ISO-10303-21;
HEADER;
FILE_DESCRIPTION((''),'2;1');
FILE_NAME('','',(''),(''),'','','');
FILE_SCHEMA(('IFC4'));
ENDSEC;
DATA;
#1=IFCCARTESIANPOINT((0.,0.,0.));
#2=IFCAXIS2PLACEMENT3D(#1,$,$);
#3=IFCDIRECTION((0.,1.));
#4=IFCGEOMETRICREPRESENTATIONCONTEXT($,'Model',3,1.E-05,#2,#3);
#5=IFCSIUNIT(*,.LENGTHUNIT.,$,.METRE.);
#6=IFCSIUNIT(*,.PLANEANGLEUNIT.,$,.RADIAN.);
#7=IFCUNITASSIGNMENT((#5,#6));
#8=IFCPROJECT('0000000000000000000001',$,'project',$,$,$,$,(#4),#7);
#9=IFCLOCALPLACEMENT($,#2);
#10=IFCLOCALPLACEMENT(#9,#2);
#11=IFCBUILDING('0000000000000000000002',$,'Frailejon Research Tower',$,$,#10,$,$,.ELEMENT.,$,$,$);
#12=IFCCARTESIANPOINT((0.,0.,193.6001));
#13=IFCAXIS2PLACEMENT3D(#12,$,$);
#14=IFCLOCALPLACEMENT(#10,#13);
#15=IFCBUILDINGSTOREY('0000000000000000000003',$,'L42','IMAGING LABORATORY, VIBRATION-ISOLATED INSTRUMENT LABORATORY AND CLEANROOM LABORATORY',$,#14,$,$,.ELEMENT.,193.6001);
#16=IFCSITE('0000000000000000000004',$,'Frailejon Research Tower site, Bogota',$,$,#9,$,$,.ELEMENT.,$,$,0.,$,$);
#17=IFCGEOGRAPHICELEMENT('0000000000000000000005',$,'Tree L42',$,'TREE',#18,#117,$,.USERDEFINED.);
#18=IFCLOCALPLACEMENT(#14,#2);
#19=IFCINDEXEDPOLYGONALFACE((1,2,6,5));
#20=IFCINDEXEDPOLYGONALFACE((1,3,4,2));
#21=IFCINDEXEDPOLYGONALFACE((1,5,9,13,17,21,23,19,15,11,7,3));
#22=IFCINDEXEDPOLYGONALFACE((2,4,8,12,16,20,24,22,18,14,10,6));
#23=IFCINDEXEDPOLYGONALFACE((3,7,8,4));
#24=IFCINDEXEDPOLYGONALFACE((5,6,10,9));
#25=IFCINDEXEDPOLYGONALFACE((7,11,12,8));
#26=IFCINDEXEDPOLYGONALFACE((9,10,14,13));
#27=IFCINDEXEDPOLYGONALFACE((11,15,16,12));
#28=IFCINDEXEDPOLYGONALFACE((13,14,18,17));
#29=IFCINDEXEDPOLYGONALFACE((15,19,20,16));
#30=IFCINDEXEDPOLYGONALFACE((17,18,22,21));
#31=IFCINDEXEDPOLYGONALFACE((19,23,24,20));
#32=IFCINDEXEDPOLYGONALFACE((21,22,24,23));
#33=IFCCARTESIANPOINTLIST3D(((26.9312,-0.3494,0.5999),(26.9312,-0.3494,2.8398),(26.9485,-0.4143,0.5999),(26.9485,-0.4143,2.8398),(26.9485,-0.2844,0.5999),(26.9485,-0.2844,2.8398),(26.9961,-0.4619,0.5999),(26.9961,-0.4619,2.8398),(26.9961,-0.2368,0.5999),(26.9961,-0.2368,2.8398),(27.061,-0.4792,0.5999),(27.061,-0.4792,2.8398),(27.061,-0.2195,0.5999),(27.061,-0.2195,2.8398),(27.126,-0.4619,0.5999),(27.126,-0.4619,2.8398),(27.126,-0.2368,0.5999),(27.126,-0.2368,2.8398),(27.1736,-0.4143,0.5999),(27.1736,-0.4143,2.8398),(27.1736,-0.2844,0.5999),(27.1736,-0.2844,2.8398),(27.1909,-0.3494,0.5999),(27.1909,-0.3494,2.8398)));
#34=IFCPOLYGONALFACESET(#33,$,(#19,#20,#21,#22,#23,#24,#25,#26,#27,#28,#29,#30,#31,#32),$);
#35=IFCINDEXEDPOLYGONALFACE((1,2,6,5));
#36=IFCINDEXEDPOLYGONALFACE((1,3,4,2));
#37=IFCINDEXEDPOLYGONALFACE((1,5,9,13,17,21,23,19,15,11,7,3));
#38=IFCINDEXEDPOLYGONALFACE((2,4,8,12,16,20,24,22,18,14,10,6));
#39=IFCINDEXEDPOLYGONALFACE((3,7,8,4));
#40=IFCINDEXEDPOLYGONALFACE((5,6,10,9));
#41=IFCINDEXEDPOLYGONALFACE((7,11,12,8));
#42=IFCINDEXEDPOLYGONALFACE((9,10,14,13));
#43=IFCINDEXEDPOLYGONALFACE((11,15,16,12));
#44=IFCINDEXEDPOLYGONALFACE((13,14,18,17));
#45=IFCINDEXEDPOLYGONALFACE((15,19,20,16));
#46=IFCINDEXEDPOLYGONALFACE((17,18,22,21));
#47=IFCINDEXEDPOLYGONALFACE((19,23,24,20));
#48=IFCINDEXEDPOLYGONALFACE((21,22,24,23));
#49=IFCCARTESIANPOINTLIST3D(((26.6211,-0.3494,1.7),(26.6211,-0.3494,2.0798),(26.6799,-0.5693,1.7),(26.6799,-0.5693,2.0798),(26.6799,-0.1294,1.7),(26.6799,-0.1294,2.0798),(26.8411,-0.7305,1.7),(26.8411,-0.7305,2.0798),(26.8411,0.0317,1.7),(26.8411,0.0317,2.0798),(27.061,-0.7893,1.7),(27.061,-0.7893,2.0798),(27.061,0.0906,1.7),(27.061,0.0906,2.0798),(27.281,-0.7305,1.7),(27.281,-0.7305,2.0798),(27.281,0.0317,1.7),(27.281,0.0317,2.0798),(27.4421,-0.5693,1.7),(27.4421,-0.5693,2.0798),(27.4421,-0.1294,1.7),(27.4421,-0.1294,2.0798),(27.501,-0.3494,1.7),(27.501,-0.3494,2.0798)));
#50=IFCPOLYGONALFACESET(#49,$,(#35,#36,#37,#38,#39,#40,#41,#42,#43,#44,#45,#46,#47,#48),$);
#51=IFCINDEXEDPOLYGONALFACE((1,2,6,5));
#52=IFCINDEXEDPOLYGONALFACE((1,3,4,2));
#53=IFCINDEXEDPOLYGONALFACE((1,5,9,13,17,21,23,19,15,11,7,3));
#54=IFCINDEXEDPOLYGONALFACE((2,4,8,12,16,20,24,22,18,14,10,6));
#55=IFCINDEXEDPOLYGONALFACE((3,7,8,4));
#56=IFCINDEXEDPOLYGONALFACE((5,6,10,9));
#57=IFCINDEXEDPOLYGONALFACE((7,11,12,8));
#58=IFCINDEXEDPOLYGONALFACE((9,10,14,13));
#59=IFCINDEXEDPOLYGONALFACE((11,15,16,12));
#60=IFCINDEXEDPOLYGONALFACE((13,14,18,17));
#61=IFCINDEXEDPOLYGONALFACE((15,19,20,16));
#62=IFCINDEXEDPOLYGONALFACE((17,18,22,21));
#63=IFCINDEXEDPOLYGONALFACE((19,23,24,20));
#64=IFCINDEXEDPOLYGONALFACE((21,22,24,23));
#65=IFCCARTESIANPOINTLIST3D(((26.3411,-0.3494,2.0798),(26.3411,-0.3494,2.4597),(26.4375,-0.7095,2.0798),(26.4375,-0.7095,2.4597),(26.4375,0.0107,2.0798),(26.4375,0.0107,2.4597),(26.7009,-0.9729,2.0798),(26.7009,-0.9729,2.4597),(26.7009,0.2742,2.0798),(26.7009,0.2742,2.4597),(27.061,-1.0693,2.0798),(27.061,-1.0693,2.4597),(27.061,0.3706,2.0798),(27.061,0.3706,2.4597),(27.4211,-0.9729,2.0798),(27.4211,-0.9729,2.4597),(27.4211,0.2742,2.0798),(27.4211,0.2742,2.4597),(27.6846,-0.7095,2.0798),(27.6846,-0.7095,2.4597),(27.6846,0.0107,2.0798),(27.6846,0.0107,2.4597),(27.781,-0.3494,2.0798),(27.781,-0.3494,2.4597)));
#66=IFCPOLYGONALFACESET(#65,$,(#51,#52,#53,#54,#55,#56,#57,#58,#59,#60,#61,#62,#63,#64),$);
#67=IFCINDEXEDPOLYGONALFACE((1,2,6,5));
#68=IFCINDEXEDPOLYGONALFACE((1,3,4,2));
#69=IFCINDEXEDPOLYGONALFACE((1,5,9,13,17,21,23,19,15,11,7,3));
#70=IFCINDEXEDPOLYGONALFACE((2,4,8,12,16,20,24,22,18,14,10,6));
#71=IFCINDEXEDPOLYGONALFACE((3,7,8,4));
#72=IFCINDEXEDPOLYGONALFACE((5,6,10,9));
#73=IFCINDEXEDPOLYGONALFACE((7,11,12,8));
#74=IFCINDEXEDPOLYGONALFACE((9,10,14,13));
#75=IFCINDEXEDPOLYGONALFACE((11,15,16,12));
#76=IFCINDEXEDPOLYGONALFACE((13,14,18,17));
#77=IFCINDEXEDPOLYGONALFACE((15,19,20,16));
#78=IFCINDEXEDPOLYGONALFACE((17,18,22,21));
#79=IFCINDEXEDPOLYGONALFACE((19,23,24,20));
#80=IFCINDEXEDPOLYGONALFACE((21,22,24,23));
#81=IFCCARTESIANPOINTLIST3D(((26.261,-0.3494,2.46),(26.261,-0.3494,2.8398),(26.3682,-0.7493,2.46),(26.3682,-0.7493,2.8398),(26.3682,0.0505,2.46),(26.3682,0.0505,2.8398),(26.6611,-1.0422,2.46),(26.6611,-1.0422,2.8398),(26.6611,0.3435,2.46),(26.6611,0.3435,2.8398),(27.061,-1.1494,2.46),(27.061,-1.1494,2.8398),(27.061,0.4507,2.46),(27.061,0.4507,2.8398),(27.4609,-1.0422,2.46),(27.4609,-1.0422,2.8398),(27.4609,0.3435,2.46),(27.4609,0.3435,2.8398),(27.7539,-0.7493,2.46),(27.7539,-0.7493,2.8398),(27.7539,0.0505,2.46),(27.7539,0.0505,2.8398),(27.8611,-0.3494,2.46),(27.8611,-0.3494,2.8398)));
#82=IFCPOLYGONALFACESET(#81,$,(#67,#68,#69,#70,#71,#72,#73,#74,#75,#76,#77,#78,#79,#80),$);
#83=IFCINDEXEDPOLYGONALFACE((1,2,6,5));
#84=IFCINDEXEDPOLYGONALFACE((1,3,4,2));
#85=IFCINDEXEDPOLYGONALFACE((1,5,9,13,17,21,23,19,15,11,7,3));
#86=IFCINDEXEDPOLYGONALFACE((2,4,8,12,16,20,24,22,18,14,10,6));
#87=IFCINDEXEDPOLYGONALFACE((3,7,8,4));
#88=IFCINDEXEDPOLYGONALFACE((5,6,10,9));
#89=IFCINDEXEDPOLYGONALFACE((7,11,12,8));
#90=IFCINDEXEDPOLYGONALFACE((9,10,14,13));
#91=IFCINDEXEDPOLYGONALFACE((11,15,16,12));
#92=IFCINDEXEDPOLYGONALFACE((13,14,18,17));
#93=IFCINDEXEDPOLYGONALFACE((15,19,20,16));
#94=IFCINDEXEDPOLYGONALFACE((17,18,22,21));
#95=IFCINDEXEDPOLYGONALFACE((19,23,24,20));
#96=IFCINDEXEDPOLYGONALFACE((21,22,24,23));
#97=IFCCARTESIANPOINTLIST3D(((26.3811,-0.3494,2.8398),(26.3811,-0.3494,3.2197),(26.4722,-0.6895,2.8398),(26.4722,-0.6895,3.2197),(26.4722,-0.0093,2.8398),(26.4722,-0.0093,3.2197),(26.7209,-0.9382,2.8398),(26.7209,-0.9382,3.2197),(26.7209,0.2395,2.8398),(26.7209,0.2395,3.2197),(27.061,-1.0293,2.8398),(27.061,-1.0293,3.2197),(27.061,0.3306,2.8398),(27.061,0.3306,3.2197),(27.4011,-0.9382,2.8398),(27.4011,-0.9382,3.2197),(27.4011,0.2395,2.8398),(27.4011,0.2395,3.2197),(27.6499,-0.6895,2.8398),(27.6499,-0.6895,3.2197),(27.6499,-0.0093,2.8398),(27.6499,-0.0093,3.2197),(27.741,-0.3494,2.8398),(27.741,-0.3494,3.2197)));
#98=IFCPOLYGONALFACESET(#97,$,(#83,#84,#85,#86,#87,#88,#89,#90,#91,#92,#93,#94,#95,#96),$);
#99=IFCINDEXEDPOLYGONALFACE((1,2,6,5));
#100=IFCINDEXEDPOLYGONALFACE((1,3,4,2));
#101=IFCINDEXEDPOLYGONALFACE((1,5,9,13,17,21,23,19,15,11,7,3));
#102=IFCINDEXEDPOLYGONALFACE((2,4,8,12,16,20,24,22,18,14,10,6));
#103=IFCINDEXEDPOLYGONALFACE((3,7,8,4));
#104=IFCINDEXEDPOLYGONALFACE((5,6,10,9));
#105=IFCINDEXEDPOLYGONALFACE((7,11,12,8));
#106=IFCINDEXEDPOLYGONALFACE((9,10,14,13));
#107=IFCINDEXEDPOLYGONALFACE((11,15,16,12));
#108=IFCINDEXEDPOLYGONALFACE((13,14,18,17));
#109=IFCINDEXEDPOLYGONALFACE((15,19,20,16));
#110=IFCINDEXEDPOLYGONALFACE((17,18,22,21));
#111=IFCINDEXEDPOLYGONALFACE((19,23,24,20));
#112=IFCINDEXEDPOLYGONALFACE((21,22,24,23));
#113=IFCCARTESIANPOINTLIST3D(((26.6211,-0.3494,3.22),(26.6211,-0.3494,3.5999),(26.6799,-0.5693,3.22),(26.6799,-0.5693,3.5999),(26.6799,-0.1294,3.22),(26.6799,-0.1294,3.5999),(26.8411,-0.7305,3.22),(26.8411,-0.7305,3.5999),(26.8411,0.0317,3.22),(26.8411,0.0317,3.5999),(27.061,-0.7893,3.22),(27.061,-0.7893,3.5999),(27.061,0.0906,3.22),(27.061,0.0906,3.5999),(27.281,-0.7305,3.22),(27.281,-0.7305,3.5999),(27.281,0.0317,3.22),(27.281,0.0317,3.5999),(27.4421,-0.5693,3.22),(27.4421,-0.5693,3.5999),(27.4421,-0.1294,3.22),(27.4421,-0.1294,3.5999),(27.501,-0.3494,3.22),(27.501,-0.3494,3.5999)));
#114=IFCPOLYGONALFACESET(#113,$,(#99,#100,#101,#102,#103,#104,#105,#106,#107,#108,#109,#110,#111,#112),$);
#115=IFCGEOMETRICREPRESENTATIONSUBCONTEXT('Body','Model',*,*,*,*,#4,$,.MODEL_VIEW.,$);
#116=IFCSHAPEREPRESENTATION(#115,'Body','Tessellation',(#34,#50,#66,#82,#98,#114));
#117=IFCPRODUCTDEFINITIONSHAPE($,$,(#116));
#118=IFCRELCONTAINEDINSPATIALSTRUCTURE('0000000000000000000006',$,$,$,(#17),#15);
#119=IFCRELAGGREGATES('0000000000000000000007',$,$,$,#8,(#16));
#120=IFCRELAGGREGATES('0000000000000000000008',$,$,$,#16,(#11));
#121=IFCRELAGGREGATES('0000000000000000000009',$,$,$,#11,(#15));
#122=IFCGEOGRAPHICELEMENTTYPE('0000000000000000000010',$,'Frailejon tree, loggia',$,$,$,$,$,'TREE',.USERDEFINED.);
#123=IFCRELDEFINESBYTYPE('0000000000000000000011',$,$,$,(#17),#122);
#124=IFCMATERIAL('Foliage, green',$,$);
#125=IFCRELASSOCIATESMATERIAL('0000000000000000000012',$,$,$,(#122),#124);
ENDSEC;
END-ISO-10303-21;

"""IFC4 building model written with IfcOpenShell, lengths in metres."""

from ifc_helpers import new_model, si_unit, direction, frame, origin, place, context, subcontext, project, spatial, polyline, outline, extrude, material, type_object, element, save


model = new_model("IFC4")

# Units and contexts
model_context = context("Model", 3, precision=1e-05, world=origin(), true_north=direction((0.0, 1.0)))
body_context = subcontext(model_context, "Body", "Model", "MODEL_VIEW")
ifc_project = project(units=[si_unit("LENGTHUNIT", "METRE"), si_unit("PLANEANGLEUNIT", "RADIAN")], contexts=[model_context])

# Site, building, storey
site_placement = place(None, origin())
site = spatial("IfcSite", under=ifc_project, at=site_placement, Name="Frailejon Research Tower site, Bogota", CompositionType="ELEMENT", RefElevation=0.0)
building_placement = place(site_placement, origin())
building = spatial("IfcBuilding", under=site, at=building_placement, Name="Frailejon Research Tower", CompositionType="ELEMENT")
storey_placement = place(building_placement, frame((0.0, 0.0, 193.6001)))
storey = spatial("IfcBuildingStorey", under=building, at=storey_placement, Name="L42", Description="IMAGING LABORATORY, VIBRATION-ISOLATED INSTRUMENT LABORATORY AND CLEANROOM LABORATORY", CompositionType="ELEMENT", Elevation=193.6001)

# Geographic element
ifc_material_1 = material(Name="Foliage, green")
geographic_element_type = type_object("IfcGeographicElementType", Name="Frailejon tree, loggia", ElementType="TREE", PredefinedType="USERDEFINED", material=ifc_material_1)
geographic_element_placement = place(storey_placement, frame((27.061, -0.3494, 0.5999)))
element("IfcGeographicElement", 1, at=geographic_element_placement, inside=storey, type_object=geographic_element_type, Name="Tree L42", ObjectType="TREE", PredefinedType="USERDEFINED", context=body_context, shape_type="SweptSolid", body=[
    extrude(outline(polyline([(0.1299, 0.0), (0.1125, 0.0649), (0.0649, 0.1125), (0.0, 0.1299), (-0.0649, 0.1125), (-0.1125, 0.0649), (-0.1299, 0.0), (-0.1125, -0.0649), (-0.0649, -0.1125), (0.0, -0.1299), (0.0649, -0.1125), (0.1125, -0.0649), (0.1299, 0.0)])), origin(), (0.0, 0.0, 1.0), 2.24),
    extrude(outline(polyline([(0.4399, 0.0), (0.3811, 0.22), (0.22, 0.3811), (0.0, 0.4399), (-0.22, 0.3811), (-0.3811, 0.22), (-0.4399, 0.0), (-0.3811, -0.22), (-0.22, -0.3811), (0.0, -0.4399), (0.22, -0.3811), (0.3811, -0.22), (0.4399, 0.0)])), frame((0.0, 0.0, 1.1001)), (0.0, 0.0, 1.0), 0.3799),
    extrude(outline(polyline([(0.72, 0.0), (0.6235, 0.3601), (0.3601, 0.6235), (0.0, 0.72), (-0.3601, 0.6235), (-0.6235, 0.3601), (-0.72, 0.0), (-0.6235, -0.3601), (-0.3601, -0.6235), (0.0, -0.72), (0.3601, -0.6235), (0.6235, -0.3601), (0.72, 0.0)])), frame((0.0, 0.0, 1.48)), (0.0, 0.0, 1.0), 0.3799),
    extrude(outline(polyline([(0.8, 0.0), (0.6929, 0.3999), (0.3999, 0.6929), (0.0, 0.8), (-0.3999, 0.6929), (-0.6929, 0.3999), (-0.8, 0.0), (-0.6929, -0.3999), (-0.3999, -0.6929), (0.0, -0.8), (0.3999, -0.6929), (0.6929, -0.3999), (0.8, 0.0)])), frame((0.0, 0.0, 1.8601)), (0.0, 0.0, 1.0), 0.3799),
    extrude(outline(polyline([(0.6799, 0.0), (0.5889, 0.3401), (0.3401, 0.5889), (0.0, 0.6799), (-0.3401, 0.5889), (-0.5889, 0.3401), (-0.6799, 0.0), (-0.5889, -0.3401), (-0.3401, -0.5889), (0.0, -0.6799), (0.3401, -0.5889), (0.5889, -0.3401), (0.6799, 0.0)])), frame((0.0, 0.0, 2.24)), (0.0, 0.0, 1.0), 0.3799),
    extrude(outline(polyline([(0.4399, 0.0), (0.3811, 0.22), (0.22, 0.3811), (0.0, 0.4399), (-0.22, 0.3811), (-0.3811, 0.22), (-0.4399, 0.0), (-0.3811, -0.22), (-0.22, -0.3811), (0.0, -0.4399), (0.22, -0.3811), (0.3811, -0.22), (0.4399, 0.0)])), frame((0.0, 0.0, 2.6201)), (0.0, 0.0, 1.0), 0.3799),
])

save(model, "model.ifc")
